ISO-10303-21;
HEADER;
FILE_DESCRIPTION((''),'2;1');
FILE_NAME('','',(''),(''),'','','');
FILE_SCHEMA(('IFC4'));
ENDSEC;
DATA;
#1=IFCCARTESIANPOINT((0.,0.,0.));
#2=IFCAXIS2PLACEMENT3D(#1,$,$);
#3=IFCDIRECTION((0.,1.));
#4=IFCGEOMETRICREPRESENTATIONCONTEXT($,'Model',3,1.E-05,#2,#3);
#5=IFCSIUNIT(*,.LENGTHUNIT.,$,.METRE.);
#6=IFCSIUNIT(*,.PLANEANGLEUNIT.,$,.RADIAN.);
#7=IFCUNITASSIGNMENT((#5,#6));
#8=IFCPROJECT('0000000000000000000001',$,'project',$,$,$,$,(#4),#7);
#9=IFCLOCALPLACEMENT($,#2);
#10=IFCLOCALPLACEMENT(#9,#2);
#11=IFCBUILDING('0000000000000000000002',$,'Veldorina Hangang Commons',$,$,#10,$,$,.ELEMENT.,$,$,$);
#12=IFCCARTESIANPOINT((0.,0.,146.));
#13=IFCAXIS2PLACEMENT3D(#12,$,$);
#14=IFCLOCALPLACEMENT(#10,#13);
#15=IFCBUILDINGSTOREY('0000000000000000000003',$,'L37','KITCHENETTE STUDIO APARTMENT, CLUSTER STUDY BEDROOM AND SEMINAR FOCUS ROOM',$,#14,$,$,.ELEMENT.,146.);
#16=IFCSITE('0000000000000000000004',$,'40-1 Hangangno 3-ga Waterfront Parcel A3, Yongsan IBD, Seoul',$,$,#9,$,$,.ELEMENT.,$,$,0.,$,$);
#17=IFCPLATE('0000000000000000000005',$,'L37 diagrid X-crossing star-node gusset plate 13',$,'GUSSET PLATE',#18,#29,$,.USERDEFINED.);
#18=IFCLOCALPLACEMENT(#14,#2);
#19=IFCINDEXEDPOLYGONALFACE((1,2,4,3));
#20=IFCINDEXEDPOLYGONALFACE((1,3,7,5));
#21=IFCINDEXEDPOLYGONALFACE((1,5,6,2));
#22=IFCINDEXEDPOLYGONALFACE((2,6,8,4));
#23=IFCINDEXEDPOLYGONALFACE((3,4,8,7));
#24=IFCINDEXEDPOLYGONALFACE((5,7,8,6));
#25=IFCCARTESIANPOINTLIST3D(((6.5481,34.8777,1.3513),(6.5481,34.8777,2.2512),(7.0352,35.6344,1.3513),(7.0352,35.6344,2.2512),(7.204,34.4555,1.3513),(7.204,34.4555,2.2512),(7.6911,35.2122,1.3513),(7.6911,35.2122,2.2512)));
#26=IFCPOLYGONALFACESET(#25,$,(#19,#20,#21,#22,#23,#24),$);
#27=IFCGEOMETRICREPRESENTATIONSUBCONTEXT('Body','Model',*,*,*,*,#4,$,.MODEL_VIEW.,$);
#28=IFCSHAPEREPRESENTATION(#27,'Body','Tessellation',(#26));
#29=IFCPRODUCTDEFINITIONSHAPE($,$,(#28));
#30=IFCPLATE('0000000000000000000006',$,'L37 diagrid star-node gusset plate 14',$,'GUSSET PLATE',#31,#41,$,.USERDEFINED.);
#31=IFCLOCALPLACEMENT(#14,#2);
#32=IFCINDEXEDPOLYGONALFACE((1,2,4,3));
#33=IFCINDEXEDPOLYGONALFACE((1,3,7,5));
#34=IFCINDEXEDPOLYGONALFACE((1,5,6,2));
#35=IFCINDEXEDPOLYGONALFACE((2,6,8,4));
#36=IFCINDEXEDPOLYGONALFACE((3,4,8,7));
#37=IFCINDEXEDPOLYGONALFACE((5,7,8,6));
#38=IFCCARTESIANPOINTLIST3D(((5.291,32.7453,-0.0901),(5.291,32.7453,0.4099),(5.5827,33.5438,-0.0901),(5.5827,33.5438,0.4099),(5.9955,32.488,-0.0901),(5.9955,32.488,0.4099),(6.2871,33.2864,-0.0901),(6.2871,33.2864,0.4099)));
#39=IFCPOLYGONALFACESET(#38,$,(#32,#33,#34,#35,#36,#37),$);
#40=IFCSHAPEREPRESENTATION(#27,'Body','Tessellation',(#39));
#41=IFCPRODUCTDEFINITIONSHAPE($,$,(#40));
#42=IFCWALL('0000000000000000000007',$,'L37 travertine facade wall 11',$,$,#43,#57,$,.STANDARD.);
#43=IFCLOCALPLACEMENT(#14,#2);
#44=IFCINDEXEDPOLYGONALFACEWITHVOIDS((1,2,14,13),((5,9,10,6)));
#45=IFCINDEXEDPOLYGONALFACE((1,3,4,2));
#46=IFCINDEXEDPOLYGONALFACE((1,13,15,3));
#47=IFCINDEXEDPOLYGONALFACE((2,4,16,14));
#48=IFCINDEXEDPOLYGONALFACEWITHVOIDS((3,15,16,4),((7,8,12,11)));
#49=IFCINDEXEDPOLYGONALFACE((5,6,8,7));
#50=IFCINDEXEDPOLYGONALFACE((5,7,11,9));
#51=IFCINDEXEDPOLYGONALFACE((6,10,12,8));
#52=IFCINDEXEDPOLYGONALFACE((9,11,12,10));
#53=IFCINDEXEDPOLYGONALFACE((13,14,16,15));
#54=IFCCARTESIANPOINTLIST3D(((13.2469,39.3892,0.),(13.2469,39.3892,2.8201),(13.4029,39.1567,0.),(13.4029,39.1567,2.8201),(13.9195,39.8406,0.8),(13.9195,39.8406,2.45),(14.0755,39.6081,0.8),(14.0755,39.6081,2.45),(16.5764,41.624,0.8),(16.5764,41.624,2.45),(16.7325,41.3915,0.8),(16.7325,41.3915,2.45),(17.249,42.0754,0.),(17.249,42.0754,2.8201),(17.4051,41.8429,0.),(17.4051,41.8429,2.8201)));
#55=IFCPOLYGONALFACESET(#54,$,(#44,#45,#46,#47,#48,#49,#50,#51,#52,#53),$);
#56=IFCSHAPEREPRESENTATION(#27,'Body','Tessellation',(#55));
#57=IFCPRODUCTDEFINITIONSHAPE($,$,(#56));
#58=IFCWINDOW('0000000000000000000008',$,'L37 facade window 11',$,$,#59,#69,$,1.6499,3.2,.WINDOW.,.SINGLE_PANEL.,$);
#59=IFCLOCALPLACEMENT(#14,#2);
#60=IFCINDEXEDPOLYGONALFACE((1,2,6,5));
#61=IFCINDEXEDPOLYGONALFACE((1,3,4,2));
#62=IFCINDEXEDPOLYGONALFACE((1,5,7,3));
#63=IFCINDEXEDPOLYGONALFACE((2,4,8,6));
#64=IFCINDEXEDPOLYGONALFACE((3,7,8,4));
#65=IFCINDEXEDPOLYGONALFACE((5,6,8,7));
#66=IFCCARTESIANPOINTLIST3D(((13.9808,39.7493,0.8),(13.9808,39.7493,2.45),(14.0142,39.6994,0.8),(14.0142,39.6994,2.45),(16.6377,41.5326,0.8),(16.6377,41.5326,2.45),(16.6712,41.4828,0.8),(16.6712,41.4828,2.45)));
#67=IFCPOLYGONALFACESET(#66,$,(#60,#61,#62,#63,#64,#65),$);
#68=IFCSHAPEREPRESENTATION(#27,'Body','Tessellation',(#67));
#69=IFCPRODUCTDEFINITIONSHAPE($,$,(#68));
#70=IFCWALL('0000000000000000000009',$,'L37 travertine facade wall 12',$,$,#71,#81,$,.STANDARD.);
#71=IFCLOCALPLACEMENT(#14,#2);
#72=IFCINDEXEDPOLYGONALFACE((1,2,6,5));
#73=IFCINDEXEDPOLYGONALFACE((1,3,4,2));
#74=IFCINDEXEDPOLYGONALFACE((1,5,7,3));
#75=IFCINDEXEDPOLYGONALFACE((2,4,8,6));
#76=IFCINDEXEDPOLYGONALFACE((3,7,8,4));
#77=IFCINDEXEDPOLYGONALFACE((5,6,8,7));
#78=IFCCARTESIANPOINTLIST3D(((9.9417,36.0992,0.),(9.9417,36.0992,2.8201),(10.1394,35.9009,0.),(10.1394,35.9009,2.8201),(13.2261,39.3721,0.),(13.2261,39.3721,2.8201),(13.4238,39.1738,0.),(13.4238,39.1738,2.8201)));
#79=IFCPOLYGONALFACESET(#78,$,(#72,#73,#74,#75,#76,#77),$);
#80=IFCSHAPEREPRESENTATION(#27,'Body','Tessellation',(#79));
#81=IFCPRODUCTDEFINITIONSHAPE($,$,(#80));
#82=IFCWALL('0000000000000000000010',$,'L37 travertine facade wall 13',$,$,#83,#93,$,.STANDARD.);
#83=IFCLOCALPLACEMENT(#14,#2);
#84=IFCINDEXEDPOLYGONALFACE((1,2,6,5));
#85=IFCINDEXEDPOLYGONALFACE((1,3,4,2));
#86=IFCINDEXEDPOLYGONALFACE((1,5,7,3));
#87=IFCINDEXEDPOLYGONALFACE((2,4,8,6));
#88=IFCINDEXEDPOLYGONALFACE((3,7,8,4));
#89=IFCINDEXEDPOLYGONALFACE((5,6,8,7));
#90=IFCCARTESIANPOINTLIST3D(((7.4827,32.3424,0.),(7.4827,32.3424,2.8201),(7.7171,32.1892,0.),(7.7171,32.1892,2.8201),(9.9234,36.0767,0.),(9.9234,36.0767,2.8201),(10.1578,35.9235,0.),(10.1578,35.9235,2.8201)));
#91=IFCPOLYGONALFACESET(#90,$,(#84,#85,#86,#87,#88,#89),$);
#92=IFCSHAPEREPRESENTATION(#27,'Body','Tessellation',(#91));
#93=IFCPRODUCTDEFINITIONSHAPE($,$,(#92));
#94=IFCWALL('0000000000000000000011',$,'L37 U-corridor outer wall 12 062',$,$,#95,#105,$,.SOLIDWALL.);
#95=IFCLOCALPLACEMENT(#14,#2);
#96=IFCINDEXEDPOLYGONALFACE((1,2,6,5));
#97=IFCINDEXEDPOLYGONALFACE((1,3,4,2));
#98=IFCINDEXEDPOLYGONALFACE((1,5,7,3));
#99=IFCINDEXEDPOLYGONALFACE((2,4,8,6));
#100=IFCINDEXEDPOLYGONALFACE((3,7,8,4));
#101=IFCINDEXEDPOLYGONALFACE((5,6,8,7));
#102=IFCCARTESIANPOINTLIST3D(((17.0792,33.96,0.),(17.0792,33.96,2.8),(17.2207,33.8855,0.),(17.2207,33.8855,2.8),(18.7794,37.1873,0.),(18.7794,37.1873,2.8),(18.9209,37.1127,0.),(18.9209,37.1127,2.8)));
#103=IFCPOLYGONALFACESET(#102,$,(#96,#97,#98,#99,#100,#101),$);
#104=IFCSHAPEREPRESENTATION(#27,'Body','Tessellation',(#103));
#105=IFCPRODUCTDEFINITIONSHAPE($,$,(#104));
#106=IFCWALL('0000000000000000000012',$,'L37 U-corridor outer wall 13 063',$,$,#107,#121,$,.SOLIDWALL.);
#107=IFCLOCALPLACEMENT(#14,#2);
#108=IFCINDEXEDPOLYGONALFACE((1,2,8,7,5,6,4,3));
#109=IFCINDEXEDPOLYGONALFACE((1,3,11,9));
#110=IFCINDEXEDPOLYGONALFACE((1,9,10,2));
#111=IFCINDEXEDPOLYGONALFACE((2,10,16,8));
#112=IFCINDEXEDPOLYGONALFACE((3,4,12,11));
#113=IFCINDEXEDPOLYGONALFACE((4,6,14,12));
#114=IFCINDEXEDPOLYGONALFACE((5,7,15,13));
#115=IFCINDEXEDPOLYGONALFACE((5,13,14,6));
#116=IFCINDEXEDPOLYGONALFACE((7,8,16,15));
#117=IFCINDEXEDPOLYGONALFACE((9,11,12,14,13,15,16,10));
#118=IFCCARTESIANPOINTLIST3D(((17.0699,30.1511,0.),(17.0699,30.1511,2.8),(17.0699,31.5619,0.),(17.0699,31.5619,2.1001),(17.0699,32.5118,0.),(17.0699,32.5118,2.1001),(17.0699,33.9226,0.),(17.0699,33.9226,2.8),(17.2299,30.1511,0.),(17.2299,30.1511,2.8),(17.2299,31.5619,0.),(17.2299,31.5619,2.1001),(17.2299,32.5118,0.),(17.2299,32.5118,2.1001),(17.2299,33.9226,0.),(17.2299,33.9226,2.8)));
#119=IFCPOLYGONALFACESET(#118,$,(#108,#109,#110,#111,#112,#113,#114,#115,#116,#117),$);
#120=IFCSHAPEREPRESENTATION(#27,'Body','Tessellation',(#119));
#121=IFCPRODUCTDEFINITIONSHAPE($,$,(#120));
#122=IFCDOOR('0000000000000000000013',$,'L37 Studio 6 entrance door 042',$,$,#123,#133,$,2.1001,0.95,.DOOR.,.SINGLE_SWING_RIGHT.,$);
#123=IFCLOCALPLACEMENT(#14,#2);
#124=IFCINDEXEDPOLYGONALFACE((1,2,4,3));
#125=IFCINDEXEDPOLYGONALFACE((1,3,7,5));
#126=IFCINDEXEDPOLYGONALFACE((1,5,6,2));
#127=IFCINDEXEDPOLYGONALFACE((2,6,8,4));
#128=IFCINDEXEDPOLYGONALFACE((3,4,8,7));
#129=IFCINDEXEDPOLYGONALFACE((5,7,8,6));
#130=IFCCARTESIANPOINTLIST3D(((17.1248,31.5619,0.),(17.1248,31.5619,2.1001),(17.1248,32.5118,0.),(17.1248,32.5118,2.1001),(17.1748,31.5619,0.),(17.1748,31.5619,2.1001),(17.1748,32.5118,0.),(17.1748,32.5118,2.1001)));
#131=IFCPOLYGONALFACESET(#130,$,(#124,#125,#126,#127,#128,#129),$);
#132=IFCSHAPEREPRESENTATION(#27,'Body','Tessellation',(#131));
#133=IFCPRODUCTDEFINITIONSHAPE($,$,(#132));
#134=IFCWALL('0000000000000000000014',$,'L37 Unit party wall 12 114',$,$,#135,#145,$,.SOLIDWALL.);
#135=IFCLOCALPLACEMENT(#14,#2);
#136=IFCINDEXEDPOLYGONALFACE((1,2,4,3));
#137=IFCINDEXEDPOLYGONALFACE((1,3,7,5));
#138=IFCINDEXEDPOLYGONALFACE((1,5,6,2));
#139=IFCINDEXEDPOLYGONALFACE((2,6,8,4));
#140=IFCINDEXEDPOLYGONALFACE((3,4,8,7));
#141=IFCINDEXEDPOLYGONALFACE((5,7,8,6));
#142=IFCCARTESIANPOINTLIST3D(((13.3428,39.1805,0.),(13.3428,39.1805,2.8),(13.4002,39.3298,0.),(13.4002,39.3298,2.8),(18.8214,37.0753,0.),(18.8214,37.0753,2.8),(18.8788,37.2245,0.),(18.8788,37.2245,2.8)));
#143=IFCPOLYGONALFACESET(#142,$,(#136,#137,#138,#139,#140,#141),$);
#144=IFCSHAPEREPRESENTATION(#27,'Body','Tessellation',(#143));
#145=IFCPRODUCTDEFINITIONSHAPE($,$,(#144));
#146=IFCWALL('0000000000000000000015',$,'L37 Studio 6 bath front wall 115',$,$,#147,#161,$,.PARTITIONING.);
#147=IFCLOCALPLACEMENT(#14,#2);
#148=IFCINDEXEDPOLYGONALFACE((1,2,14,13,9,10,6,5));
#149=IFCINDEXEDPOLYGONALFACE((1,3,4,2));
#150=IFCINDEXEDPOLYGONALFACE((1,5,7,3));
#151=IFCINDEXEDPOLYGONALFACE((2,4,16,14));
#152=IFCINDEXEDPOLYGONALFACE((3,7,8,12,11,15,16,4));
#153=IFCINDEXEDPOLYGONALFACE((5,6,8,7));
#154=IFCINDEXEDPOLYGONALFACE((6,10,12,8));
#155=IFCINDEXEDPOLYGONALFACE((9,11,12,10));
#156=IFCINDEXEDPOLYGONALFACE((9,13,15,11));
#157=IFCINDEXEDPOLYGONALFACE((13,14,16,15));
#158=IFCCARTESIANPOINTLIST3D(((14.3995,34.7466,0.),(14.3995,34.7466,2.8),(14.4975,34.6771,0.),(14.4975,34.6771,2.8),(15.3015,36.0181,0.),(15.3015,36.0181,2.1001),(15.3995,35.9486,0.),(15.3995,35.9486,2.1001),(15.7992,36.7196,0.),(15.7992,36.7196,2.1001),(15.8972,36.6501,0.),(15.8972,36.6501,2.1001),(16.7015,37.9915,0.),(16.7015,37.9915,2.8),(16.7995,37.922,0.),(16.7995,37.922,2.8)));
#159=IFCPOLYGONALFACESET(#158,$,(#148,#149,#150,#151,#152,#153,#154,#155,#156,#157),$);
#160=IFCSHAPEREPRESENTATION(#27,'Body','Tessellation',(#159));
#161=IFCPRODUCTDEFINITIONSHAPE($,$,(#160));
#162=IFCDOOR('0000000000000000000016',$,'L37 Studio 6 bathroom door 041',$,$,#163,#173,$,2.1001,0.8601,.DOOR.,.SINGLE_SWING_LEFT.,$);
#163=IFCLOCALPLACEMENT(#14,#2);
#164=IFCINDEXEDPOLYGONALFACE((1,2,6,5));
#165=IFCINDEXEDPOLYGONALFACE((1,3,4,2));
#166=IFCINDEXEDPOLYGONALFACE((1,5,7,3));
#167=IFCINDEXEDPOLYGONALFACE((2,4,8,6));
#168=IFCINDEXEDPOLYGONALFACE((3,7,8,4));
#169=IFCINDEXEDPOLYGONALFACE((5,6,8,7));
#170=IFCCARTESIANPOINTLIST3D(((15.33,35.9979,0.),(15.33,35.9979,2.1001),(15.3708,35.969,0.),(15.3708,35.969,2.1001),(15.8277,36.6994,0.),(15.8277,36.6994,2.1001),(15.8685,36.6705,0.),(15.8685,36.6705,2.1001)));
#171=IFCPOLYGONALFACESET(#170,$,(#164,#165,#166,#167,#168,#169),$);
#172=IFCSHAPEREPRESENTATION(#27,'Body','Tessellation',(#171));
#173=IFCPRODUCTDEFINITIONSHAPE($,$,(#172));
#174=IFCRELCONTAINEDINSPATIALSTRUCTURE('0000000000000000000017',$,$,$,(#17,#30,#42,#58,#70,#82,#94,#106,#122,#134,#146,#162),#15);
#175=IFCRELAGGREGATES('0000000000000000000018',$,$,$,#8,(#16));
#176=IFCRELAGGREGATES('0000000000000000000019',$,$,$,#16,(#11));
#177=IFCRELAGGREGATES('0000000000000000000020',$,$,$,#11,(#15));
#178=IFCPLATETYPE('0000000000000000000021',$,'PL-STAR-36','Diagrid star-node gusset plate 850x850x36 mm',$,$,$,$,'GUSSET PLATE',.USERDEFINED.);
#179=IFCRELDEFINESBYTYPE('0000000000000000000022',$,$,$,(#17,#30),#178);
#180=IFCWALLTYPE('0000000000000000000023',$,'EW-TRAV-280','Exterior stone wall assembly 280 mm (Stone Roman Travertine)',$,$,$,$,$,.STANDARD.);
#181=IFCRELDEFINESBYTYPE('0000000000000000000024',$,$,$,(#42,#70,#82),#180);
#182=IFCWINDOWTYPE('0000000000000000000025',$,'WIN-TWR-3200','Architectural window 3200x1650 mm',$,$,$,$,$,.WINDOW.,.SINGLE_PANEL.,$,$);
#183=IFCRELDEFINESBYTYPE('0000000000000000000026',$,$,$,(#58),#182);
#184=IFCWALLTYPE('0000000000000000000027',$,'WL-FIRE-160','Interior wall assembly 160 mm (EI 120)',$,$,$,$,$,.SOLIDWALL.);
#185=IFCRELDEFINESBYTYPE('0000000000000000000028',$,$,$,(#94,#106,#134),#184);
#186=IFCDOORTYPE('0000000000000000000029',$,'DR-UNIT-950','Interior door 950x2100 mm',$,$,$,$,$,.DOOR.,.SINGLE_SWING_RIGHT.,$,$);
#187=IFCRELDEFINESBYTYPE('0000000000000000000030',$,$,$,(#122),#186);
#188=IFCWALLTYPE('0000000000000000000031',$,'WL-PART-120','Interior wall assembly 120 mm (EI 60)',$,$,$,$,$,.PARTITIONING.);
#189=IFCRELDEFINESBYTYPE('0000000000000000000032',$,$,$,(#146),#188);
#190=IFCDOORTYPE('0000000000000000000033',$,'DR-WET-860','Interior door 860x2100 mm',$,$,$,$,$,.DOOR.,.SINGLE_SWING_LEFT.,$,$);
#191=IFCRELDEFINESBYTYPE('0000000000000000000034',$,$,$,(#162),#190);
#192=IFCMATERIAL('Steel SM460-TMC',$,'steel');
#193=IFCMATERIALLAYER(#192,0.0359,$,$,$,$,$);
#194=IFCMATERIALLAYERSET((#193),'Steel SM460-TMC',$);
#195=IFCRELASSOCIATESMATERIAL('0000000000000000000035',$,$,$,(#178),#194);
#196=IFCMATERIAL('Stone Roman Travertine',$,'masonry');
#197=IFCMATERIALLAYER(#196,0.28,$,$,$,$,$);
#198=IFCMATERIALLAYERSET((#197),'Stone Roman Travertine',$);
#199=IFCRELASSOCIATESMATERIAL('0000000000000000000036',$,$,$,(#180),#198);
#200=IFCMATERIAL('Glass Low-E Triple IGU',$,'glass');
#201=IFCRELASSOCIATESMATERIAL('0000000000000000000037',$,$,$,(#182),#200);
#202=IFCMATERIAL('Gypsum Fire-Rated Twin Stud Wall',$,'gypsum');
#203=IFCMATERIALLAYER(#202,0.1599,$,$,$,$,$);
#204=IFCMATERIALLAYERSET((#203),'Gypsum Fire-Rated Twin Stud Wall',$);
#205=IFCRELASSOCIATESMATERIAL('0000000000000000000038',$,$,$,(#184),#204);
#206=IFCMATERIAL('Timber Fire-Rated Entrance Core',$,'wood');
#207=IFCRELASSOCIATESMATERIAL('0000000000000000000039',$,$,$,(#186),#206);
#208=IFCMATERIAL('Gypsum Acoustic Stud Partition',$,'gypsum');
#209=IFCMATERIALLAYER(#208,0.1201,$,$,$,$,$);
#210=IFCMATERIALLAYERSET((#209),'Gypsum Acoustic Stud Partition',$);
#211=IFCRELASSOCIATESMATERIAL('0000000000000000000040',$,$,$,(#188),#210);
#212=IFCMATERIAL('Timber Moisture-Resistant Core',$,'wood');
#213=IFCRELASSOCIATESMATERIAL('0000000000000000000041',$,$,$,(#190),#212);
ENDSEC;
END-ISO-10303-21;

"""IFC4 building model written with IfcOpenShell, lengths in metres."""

from ifc_helpers import new_model, si_unit, direction, frame, frame_2d, origin, origin_2d, place, context, subcontext, project, spatial, rectangle, extrude, material, layer, layer_set, type_object, element, fill, save


model = new_model("IFC4")

# Units and contexts
model_context = context("Model", 3, precision=1e-05, world=origin(), true_north=direction((0.0, 1.0)))
body_context = subcontext(model_context, "Body", "Model", "MODEL_VIEW")
ifc_project = project(units=[si_unit("LENGTHUNIT", "METRE"), si_unit("PLANEANGLEUNIT", "RADIAN")], contexts=[model_context])

# Site, building, storey
site_placement = place(None, origin())
site = spatial("IfcSite", under=ifc_project, at=site_placement, Name="40-1 Hangangno 3-ga Waterfront Parcel A3, Yongsan IBD, Seoul", CompositionType="ELEMENT", RefElevation=0.0)
building_placement = place(site_placement, origin())
building = spatial("IfcBuilding", under=site, at=building_placement, Name="Veldorina Hangang Commons", CompositionType="ELEMENT")
storey_placement = place(building_placement, frame((0.0, 0.0, 146.0)))
storey = spatial("IfcBuildingStorey", under=building, at=storey_placement, Name="L37", Description="KITCHENETTE STUDIO APARTMENT, CLUSTER STUDY BEDROOM AND SEMINAR FOCUS ROOM", CompositionType="ELEMENT", Elevation=146.0)

# Plates
ifc_material_1 = material(Name="Steel SM460-TMC", Category="steel")
ifc_layer_1 = layer(ifc_material_1, 0.0359)
ifc_layer_set_1 = layer_set([ifc_layer_1], Name="Steel SM460-TMC")
plate_type = type_object("IfcPlateType", Name="PL-STAR-36", Description="Diagrid star-node gusset plate 850x850x36 mm", ElementType="GUSSET PLATE", PredefinedType="USERDEFINED", material=ifc_layer_set_1)
plate_1_placement = place(storey_placement, frame((7.1196, 35.0449, 1.3513), z_axis=(0.0, 0.0, 1.0), x_axis=(-0.541239, -0.840869, 0.0)))
element("IfcPlate", 1, at=plate_1_placement, inside=storey, type_object=plate_type, Name="L37 diagrid X-crossing star-node gusset plate 13", ObjectType="GUSSET PLATE", PredefinedType="USERDEFINED", context=body_context, shape_type="SweptSolid", body=[
    extrude(rectangle(XDim=0.8999, YDim=0.78, at=origin_2d()), origin(), (0.0, 0.0, 1.0), 0.8999),
])
plate_2_placement = place(storey_placement, frame((5.7891, 33.0159, -0.0901), z_axis=(0.0, 0.0, 1.0), x_axis=(-0.343119, -0.939292, 0.0)))
element("IfcPlate", 2, at=plate_2_placement, inside=storey, type_object=plate_type, Name="L37 diagrid star-node gusset plate 14", ObjectType="GUSSET PLATE", PredefinedType="USERDEFINED", context=body_context, shape_type="SweptSolid", body=[
    extrude(rectangle(XDim=0.8501, YDim=0.75, at=origin_2d()), origin(), (0.0, 0.0, 1.0), 0.5),
])

# Wall, opening, window
ifc_material_2 = material(Name="Stone Roman Travertine", Category="masonry")
ifc_layer_2 = layer(ifc_material_2, 0.28)
ifc_layer_set_2 = layer_set([ifc_layer_2], Name="Stone Roman Travertine")
wall_type_1 = type_object("IfcWallType", Name="EW-TRAV-280", Description="Exterior stone wall assembly 280 mm (Stone Roman Travertine)", PredefinedType="STANDARD", material=ifc_layer_set_2)
wall_1_placement = place(storey_placement, frame((17.3271, 41.9592, 0.0), z_axis=(0.0, 0.0, 1.0), x_axis=(-0.830309, -0.557304, 0.0)))
wall_1 = element("IfcWall", 3, at=wall_1_placement, inside=storey, type_object=wall_type_1, Name="L37 travertine facade wall 11", PredefinedType="STANDARD", context=body_context, shape_type="SweptSolid", body=[
    extrude(rectangle(XDim=4.8201, YDim=0.28, at=frame_2d((2.4102, 0.0))), origin(), (0.0, 0.0, 1.0), 2.8201),
])
opening_1_placement = place(wall_1_placement, frame((0.8101, 0.0, 0.8)))
opening_1 = element("IfcOpeningElement", 4, at=opening_1_placement, cuts=wall_1, PredefinedType="OPENING", context=body_context, shape_type="SweptSolid", body=[
    extrude(rectangle(XDim=3.2, YDim=1.6499, at=frame_2d((1.6001, 0.825))), frame((0.0, 0.1499, 0.0), z_axis=(0.0, -1.0, 0.0), x_axis=(1.0, 0.0, 0.0)), (0.0, 0.0, 1.0), 0.3),
])
ifc_material_3 = material(Name="Glass Low-E Triple IGU", Category="glass")
window_type = type_object("IfcWindowType", Name="WIN-TWR-3200", Description="Architectural window 3200x1650 mm", PartitioningType="SINGLE_PANEL", PredefinedType="WINDOW", material=ifc_material_3)
window_placement = place(opening_1_placement, origin())
window = element("IfcWindow", 5, at=window_placement, inside=storey, type_object=window_type, Name="L37 facade window 11", OverallHeight=1.6499, OverallWidth=3.2, PartitioningType="SINGLE_PANEL", PredefinedType="WINDOW", context=body_context, shape_type="SweptSolid", body=[
    extrude(rectangle(XDim=3.2, YDim=1.6499, at=frame_2d((1.6001, 0.825))), frame((0.0, 0.03, 0.0), z_axis=(0.0, -1.0, 0.0), x_axis=(1.0, 0.0, 0.0)), (0.0, 0.0, 1.0), 0.0601),
])
fill(opening_1, window)

# Walls
wall_2_placement = place(storey_placement, frame((13.325, 39.2729, 0.0), z_axis=(0.0, 0.0, 1.0), x_axis=(-0.708343, -0.705868, 0.0)))
element("IfcWall", 6, at=wall_2_placement, inside=storey, type_object=wall_type_1, Name="L37 travertine facade wall 12", PredefinedType="STANDARD", context=body_context, shape_type="SweptSolid", body=[
    extrude(rectangle(XDim=4.6367, YDim=0.28, at=frame_2d((2.3184, 0.0))), origin(), (0.0, 0.0, 1.0), 2.8201),
])
wall_3_placement = place(storey_placement, frame((10.0405, 36.0, 0.0), z_axis=(0.0, 0.0, 1.0), x_axis=(-0.547087, -0.837076, 0.0)))
element("IfcWall", 7, at=wall_3_placement, inside=storey, type_object=wall_type_1, Name="L37 travertine facade wall 13", PredefinedType="STANDARD", context=body_context, shape_type="SweptSolid", body=[
    extrude(rectangle(XDim=4.4612, YDim=0.28, at=frame_2d((2.2305, 0.0))), origin(), (0.0, 0.0, 1.0), 2.8201),
])
ifc_material_4 = material(Name="Gypsum Fire-Rated Twin Stud Wall", Category="gypsum")
ifc_layer_3 = layer(ifc_material_4, 0.1599)
ifc_layer_set_3 = layer_set([ifc_layer_3], Name="Gypsum Fire-Rated Twin Stud Wall")
wall_type_2 = type_object("IfcWallType", Name="WL-FIRE-160", Description="Interior wall assembly 160 mm (EI 120)", PredefinedType="SOLIDWALL", material=ifc_layer_set_3)
wall_4_placement = place(storey_placement, frame((18.8501, 37.1499, 0.0), z_axis=(0.0, 0.0, 1.0), x_axis=(-0.466094, -0.884735, 0.0)))
element("IfcWall", 8, at=wall_4_placement, inside=storey, type_object=wall_type_2, Name="L37 U-corridor outer wall 12 062", PredefinedType="SOLIDWALL", context=body_context, shape_type="SweptSolid", body=[
    extrude(rectangle(XDim=3.6477, YDim=0.1599, at=frame_2d((1.8237, 0.0))), origin(), (0.0, 0.0, 1.0), 2.8),
])

# Wall, opening, door
wall_5_placement = place(storey_placement, frame((17.1499, 33.9226, 0.0), z_axis=(0.0, 0.0, 1.0), x_axis=(0.0, -1.0, 0.0)))
wall_5 = element("IfcWall", 9, at=wall_5_placement, inside=storey, type_object=wall_type_2, Name="L37 U-corridor outer wall 13 063", PredefinedType="SOLIDWALL", context=body_context, shape_type="SweptSolid", body=[
    extrude(rectangle(XDim=3.7715, YDim=0.1599, at=frame_2d((1.8857, 0.0))), origin(), (0.0, 0.0, 1.0), 2.8),
])
opening_2_placement = place(wall_5_placement, frame((1.4106, 0.0, 0.0)))
opening_2 = element("IfcOpeningElement", 10, at=opening_2_placement, cuts=wall_5, PredefinedType="OPENING", context=body_context, shape_type="SweptSolid", body=[
    extrude(rectangle(XDim=0.95, YDim=2.1001, at=frame_2d((0.4751, 1.05))), frame((0.0, 0.0898, 0.0), z_axis=(0.0, -1.0, 0.0), x_axis=(1.0, 0.0, 0.0)), (0.0, 0.0, 1.0), 0.1799),
])
ifc_material_5 = material(Name="Timber Fire-Rated Entrance Core", Category="wood")
door_type_1 = type_object("IfcDoorType", Name="DR-UNIT-950", Description="Interior door 950x2100 mm", OperationType="SINGLE_SWING_RIGHT", PredefinedType="DOOR", material=ifc_material_5)
door_1_placement = place(opening_2_placement, origin())
door_1 = element("IfcDoor", 11, at=door_1_placement, inside=storey, type_object=door_type_1, Name="L37 Studio 6 entrance door 042", OperationType="SINGLE_SWING_RIGHT", OverallHeight=2.1001, OverallWidth=0.95, PredefinedType="DOOR", context=body_context, shape_type="SweptSolid", body=[
    extrude(rectangle(XDim=0.95, YDim=2.1001, at=frame_2d((0.4751, 1.05))), frame((0.0, 0.0249, 0.0), z_axis=(0.0, -1.0, 0.0), x_axis=(1.0, 0.0, 0.0)), (0.0, 0.0, 1.0), 0.05),
])
fill(opening_2, door_1)

# Wall
wall_6_placement = place(storey_placement, frame((18.8501, 37.1499, 0.0), z_axis=(0.0, 0.0, 1.0), x_axis=(-0.933454, 0.358698, 0.0)))
element("IfcWall", 12, at=wall_6_placement, inside=storey, type_object=wall_type_2, Name="L37 Unit party wall 12 114", PredefinedType="SOLIDWALL", context=body_context, shape_type="SweptSolid", body=[
    extrude(rectangle(XDim=5.8691, YDim=0.1599, at=frame_2d((2.9346, 0.0))), origin(), (0.0, 0.0, 1.0), 2.8),
])

# Wall, opening, door
ifc_material_6 = material(Name="Gypsum Acoustic Stud Partition", Category="gypsum")
ifc_layer_4 = layer(ifc_material_6, 0.1201)
ifc_layer_set_4 = layer_set([ifc_layer_4], Name="Gypsum Acoustic Stud Partition")
wall_type_3 = type_object("IfcWallType", Name="WL-PART-120", Description="Interior wall assembly 120 mm (EI 60)", PredefinedType="PARTITIONING", material=ifc_layer_set_4)
wall_7_placement = place(storey_placement, frame((16.7505, 37.9568, 0.0), z_axis=(0.0, 0.0, 1.0), x_axis=(-0.578611, -0.815603, 0.0)))
wall_7 = element("IfcWall", 13, at=wall_7_placement, inside=storey, type_object=wall_type_3, Name="L37 Studio 6 bath front wall 115", PredefinedType="PARTITIONING", context=body_context, shape_type="SweptSolid", body=[
    extrude(rectangle(XDim=3.9785, YDim=0.1201, at=frame_2d((1.9893, 0.0))), origin(), (0.0, 0.0, 1.0), 2.8),
])
opening_3_placement = place(wall_7_placement, frame((1.5593, 0.0, 0.0)))
opening_3 = element("IfcOpeningElement", 14, at=opening_3_placement, cuts=wall_7, PredefinedType="OPENING", context=body_context, shape_type="SweptSolid", body=[
    extrude(rectangle(XDim=0.8601, YDim=2.1001, at=frame_2d((0.4302, 1.05))), frame((0.0, 0.0701, 0.0), z_axis=(0.0, -1.0, 0.0), x_axis=(1.0, 0.0, 0.0)), (0.0, 0.0, 1.0), 0.1401),
])
ifc_material_7 = material(Name="Timber Moisture-Resistant Core", Category="wood")
door_type_2 = type_object("IfcDoorType", Name="DR-WET-860", Description="Interior door 860x2100 mm", OperationType="SINGLE_SWING_LEFT", PredefinedType="DOOR", material=ifc_material_7)
door_2_placement = place(opening_3_placement, origin())
door_2 = element("IfcDoor", 15, at=door_2_placement, inside=storey, type_object=door_type_2, Name="L37 Studio 6 bathroom door 041", OperationType="SINGLE_SWING_LEFT", OverallHeight=2.1001, OverallWidth=0.8601, PredefinedType="DOOR", context=body_context, shape_type="SweptSolid", body=[
    extrude(rectangle(XDim=0.8601, YDim=2.1001, at=frame_2d((0.4302, 1.05))), frame((0.0, 0.0249, 0.0), z_axis=(0.0, -1.0, 0.0), x_axis=(1.0, 0.0, 0.0)), (0.0, 0.0, 1.0), 0.05),
])
fill(opening_3, door_2)

save(model, "model.ifc")
